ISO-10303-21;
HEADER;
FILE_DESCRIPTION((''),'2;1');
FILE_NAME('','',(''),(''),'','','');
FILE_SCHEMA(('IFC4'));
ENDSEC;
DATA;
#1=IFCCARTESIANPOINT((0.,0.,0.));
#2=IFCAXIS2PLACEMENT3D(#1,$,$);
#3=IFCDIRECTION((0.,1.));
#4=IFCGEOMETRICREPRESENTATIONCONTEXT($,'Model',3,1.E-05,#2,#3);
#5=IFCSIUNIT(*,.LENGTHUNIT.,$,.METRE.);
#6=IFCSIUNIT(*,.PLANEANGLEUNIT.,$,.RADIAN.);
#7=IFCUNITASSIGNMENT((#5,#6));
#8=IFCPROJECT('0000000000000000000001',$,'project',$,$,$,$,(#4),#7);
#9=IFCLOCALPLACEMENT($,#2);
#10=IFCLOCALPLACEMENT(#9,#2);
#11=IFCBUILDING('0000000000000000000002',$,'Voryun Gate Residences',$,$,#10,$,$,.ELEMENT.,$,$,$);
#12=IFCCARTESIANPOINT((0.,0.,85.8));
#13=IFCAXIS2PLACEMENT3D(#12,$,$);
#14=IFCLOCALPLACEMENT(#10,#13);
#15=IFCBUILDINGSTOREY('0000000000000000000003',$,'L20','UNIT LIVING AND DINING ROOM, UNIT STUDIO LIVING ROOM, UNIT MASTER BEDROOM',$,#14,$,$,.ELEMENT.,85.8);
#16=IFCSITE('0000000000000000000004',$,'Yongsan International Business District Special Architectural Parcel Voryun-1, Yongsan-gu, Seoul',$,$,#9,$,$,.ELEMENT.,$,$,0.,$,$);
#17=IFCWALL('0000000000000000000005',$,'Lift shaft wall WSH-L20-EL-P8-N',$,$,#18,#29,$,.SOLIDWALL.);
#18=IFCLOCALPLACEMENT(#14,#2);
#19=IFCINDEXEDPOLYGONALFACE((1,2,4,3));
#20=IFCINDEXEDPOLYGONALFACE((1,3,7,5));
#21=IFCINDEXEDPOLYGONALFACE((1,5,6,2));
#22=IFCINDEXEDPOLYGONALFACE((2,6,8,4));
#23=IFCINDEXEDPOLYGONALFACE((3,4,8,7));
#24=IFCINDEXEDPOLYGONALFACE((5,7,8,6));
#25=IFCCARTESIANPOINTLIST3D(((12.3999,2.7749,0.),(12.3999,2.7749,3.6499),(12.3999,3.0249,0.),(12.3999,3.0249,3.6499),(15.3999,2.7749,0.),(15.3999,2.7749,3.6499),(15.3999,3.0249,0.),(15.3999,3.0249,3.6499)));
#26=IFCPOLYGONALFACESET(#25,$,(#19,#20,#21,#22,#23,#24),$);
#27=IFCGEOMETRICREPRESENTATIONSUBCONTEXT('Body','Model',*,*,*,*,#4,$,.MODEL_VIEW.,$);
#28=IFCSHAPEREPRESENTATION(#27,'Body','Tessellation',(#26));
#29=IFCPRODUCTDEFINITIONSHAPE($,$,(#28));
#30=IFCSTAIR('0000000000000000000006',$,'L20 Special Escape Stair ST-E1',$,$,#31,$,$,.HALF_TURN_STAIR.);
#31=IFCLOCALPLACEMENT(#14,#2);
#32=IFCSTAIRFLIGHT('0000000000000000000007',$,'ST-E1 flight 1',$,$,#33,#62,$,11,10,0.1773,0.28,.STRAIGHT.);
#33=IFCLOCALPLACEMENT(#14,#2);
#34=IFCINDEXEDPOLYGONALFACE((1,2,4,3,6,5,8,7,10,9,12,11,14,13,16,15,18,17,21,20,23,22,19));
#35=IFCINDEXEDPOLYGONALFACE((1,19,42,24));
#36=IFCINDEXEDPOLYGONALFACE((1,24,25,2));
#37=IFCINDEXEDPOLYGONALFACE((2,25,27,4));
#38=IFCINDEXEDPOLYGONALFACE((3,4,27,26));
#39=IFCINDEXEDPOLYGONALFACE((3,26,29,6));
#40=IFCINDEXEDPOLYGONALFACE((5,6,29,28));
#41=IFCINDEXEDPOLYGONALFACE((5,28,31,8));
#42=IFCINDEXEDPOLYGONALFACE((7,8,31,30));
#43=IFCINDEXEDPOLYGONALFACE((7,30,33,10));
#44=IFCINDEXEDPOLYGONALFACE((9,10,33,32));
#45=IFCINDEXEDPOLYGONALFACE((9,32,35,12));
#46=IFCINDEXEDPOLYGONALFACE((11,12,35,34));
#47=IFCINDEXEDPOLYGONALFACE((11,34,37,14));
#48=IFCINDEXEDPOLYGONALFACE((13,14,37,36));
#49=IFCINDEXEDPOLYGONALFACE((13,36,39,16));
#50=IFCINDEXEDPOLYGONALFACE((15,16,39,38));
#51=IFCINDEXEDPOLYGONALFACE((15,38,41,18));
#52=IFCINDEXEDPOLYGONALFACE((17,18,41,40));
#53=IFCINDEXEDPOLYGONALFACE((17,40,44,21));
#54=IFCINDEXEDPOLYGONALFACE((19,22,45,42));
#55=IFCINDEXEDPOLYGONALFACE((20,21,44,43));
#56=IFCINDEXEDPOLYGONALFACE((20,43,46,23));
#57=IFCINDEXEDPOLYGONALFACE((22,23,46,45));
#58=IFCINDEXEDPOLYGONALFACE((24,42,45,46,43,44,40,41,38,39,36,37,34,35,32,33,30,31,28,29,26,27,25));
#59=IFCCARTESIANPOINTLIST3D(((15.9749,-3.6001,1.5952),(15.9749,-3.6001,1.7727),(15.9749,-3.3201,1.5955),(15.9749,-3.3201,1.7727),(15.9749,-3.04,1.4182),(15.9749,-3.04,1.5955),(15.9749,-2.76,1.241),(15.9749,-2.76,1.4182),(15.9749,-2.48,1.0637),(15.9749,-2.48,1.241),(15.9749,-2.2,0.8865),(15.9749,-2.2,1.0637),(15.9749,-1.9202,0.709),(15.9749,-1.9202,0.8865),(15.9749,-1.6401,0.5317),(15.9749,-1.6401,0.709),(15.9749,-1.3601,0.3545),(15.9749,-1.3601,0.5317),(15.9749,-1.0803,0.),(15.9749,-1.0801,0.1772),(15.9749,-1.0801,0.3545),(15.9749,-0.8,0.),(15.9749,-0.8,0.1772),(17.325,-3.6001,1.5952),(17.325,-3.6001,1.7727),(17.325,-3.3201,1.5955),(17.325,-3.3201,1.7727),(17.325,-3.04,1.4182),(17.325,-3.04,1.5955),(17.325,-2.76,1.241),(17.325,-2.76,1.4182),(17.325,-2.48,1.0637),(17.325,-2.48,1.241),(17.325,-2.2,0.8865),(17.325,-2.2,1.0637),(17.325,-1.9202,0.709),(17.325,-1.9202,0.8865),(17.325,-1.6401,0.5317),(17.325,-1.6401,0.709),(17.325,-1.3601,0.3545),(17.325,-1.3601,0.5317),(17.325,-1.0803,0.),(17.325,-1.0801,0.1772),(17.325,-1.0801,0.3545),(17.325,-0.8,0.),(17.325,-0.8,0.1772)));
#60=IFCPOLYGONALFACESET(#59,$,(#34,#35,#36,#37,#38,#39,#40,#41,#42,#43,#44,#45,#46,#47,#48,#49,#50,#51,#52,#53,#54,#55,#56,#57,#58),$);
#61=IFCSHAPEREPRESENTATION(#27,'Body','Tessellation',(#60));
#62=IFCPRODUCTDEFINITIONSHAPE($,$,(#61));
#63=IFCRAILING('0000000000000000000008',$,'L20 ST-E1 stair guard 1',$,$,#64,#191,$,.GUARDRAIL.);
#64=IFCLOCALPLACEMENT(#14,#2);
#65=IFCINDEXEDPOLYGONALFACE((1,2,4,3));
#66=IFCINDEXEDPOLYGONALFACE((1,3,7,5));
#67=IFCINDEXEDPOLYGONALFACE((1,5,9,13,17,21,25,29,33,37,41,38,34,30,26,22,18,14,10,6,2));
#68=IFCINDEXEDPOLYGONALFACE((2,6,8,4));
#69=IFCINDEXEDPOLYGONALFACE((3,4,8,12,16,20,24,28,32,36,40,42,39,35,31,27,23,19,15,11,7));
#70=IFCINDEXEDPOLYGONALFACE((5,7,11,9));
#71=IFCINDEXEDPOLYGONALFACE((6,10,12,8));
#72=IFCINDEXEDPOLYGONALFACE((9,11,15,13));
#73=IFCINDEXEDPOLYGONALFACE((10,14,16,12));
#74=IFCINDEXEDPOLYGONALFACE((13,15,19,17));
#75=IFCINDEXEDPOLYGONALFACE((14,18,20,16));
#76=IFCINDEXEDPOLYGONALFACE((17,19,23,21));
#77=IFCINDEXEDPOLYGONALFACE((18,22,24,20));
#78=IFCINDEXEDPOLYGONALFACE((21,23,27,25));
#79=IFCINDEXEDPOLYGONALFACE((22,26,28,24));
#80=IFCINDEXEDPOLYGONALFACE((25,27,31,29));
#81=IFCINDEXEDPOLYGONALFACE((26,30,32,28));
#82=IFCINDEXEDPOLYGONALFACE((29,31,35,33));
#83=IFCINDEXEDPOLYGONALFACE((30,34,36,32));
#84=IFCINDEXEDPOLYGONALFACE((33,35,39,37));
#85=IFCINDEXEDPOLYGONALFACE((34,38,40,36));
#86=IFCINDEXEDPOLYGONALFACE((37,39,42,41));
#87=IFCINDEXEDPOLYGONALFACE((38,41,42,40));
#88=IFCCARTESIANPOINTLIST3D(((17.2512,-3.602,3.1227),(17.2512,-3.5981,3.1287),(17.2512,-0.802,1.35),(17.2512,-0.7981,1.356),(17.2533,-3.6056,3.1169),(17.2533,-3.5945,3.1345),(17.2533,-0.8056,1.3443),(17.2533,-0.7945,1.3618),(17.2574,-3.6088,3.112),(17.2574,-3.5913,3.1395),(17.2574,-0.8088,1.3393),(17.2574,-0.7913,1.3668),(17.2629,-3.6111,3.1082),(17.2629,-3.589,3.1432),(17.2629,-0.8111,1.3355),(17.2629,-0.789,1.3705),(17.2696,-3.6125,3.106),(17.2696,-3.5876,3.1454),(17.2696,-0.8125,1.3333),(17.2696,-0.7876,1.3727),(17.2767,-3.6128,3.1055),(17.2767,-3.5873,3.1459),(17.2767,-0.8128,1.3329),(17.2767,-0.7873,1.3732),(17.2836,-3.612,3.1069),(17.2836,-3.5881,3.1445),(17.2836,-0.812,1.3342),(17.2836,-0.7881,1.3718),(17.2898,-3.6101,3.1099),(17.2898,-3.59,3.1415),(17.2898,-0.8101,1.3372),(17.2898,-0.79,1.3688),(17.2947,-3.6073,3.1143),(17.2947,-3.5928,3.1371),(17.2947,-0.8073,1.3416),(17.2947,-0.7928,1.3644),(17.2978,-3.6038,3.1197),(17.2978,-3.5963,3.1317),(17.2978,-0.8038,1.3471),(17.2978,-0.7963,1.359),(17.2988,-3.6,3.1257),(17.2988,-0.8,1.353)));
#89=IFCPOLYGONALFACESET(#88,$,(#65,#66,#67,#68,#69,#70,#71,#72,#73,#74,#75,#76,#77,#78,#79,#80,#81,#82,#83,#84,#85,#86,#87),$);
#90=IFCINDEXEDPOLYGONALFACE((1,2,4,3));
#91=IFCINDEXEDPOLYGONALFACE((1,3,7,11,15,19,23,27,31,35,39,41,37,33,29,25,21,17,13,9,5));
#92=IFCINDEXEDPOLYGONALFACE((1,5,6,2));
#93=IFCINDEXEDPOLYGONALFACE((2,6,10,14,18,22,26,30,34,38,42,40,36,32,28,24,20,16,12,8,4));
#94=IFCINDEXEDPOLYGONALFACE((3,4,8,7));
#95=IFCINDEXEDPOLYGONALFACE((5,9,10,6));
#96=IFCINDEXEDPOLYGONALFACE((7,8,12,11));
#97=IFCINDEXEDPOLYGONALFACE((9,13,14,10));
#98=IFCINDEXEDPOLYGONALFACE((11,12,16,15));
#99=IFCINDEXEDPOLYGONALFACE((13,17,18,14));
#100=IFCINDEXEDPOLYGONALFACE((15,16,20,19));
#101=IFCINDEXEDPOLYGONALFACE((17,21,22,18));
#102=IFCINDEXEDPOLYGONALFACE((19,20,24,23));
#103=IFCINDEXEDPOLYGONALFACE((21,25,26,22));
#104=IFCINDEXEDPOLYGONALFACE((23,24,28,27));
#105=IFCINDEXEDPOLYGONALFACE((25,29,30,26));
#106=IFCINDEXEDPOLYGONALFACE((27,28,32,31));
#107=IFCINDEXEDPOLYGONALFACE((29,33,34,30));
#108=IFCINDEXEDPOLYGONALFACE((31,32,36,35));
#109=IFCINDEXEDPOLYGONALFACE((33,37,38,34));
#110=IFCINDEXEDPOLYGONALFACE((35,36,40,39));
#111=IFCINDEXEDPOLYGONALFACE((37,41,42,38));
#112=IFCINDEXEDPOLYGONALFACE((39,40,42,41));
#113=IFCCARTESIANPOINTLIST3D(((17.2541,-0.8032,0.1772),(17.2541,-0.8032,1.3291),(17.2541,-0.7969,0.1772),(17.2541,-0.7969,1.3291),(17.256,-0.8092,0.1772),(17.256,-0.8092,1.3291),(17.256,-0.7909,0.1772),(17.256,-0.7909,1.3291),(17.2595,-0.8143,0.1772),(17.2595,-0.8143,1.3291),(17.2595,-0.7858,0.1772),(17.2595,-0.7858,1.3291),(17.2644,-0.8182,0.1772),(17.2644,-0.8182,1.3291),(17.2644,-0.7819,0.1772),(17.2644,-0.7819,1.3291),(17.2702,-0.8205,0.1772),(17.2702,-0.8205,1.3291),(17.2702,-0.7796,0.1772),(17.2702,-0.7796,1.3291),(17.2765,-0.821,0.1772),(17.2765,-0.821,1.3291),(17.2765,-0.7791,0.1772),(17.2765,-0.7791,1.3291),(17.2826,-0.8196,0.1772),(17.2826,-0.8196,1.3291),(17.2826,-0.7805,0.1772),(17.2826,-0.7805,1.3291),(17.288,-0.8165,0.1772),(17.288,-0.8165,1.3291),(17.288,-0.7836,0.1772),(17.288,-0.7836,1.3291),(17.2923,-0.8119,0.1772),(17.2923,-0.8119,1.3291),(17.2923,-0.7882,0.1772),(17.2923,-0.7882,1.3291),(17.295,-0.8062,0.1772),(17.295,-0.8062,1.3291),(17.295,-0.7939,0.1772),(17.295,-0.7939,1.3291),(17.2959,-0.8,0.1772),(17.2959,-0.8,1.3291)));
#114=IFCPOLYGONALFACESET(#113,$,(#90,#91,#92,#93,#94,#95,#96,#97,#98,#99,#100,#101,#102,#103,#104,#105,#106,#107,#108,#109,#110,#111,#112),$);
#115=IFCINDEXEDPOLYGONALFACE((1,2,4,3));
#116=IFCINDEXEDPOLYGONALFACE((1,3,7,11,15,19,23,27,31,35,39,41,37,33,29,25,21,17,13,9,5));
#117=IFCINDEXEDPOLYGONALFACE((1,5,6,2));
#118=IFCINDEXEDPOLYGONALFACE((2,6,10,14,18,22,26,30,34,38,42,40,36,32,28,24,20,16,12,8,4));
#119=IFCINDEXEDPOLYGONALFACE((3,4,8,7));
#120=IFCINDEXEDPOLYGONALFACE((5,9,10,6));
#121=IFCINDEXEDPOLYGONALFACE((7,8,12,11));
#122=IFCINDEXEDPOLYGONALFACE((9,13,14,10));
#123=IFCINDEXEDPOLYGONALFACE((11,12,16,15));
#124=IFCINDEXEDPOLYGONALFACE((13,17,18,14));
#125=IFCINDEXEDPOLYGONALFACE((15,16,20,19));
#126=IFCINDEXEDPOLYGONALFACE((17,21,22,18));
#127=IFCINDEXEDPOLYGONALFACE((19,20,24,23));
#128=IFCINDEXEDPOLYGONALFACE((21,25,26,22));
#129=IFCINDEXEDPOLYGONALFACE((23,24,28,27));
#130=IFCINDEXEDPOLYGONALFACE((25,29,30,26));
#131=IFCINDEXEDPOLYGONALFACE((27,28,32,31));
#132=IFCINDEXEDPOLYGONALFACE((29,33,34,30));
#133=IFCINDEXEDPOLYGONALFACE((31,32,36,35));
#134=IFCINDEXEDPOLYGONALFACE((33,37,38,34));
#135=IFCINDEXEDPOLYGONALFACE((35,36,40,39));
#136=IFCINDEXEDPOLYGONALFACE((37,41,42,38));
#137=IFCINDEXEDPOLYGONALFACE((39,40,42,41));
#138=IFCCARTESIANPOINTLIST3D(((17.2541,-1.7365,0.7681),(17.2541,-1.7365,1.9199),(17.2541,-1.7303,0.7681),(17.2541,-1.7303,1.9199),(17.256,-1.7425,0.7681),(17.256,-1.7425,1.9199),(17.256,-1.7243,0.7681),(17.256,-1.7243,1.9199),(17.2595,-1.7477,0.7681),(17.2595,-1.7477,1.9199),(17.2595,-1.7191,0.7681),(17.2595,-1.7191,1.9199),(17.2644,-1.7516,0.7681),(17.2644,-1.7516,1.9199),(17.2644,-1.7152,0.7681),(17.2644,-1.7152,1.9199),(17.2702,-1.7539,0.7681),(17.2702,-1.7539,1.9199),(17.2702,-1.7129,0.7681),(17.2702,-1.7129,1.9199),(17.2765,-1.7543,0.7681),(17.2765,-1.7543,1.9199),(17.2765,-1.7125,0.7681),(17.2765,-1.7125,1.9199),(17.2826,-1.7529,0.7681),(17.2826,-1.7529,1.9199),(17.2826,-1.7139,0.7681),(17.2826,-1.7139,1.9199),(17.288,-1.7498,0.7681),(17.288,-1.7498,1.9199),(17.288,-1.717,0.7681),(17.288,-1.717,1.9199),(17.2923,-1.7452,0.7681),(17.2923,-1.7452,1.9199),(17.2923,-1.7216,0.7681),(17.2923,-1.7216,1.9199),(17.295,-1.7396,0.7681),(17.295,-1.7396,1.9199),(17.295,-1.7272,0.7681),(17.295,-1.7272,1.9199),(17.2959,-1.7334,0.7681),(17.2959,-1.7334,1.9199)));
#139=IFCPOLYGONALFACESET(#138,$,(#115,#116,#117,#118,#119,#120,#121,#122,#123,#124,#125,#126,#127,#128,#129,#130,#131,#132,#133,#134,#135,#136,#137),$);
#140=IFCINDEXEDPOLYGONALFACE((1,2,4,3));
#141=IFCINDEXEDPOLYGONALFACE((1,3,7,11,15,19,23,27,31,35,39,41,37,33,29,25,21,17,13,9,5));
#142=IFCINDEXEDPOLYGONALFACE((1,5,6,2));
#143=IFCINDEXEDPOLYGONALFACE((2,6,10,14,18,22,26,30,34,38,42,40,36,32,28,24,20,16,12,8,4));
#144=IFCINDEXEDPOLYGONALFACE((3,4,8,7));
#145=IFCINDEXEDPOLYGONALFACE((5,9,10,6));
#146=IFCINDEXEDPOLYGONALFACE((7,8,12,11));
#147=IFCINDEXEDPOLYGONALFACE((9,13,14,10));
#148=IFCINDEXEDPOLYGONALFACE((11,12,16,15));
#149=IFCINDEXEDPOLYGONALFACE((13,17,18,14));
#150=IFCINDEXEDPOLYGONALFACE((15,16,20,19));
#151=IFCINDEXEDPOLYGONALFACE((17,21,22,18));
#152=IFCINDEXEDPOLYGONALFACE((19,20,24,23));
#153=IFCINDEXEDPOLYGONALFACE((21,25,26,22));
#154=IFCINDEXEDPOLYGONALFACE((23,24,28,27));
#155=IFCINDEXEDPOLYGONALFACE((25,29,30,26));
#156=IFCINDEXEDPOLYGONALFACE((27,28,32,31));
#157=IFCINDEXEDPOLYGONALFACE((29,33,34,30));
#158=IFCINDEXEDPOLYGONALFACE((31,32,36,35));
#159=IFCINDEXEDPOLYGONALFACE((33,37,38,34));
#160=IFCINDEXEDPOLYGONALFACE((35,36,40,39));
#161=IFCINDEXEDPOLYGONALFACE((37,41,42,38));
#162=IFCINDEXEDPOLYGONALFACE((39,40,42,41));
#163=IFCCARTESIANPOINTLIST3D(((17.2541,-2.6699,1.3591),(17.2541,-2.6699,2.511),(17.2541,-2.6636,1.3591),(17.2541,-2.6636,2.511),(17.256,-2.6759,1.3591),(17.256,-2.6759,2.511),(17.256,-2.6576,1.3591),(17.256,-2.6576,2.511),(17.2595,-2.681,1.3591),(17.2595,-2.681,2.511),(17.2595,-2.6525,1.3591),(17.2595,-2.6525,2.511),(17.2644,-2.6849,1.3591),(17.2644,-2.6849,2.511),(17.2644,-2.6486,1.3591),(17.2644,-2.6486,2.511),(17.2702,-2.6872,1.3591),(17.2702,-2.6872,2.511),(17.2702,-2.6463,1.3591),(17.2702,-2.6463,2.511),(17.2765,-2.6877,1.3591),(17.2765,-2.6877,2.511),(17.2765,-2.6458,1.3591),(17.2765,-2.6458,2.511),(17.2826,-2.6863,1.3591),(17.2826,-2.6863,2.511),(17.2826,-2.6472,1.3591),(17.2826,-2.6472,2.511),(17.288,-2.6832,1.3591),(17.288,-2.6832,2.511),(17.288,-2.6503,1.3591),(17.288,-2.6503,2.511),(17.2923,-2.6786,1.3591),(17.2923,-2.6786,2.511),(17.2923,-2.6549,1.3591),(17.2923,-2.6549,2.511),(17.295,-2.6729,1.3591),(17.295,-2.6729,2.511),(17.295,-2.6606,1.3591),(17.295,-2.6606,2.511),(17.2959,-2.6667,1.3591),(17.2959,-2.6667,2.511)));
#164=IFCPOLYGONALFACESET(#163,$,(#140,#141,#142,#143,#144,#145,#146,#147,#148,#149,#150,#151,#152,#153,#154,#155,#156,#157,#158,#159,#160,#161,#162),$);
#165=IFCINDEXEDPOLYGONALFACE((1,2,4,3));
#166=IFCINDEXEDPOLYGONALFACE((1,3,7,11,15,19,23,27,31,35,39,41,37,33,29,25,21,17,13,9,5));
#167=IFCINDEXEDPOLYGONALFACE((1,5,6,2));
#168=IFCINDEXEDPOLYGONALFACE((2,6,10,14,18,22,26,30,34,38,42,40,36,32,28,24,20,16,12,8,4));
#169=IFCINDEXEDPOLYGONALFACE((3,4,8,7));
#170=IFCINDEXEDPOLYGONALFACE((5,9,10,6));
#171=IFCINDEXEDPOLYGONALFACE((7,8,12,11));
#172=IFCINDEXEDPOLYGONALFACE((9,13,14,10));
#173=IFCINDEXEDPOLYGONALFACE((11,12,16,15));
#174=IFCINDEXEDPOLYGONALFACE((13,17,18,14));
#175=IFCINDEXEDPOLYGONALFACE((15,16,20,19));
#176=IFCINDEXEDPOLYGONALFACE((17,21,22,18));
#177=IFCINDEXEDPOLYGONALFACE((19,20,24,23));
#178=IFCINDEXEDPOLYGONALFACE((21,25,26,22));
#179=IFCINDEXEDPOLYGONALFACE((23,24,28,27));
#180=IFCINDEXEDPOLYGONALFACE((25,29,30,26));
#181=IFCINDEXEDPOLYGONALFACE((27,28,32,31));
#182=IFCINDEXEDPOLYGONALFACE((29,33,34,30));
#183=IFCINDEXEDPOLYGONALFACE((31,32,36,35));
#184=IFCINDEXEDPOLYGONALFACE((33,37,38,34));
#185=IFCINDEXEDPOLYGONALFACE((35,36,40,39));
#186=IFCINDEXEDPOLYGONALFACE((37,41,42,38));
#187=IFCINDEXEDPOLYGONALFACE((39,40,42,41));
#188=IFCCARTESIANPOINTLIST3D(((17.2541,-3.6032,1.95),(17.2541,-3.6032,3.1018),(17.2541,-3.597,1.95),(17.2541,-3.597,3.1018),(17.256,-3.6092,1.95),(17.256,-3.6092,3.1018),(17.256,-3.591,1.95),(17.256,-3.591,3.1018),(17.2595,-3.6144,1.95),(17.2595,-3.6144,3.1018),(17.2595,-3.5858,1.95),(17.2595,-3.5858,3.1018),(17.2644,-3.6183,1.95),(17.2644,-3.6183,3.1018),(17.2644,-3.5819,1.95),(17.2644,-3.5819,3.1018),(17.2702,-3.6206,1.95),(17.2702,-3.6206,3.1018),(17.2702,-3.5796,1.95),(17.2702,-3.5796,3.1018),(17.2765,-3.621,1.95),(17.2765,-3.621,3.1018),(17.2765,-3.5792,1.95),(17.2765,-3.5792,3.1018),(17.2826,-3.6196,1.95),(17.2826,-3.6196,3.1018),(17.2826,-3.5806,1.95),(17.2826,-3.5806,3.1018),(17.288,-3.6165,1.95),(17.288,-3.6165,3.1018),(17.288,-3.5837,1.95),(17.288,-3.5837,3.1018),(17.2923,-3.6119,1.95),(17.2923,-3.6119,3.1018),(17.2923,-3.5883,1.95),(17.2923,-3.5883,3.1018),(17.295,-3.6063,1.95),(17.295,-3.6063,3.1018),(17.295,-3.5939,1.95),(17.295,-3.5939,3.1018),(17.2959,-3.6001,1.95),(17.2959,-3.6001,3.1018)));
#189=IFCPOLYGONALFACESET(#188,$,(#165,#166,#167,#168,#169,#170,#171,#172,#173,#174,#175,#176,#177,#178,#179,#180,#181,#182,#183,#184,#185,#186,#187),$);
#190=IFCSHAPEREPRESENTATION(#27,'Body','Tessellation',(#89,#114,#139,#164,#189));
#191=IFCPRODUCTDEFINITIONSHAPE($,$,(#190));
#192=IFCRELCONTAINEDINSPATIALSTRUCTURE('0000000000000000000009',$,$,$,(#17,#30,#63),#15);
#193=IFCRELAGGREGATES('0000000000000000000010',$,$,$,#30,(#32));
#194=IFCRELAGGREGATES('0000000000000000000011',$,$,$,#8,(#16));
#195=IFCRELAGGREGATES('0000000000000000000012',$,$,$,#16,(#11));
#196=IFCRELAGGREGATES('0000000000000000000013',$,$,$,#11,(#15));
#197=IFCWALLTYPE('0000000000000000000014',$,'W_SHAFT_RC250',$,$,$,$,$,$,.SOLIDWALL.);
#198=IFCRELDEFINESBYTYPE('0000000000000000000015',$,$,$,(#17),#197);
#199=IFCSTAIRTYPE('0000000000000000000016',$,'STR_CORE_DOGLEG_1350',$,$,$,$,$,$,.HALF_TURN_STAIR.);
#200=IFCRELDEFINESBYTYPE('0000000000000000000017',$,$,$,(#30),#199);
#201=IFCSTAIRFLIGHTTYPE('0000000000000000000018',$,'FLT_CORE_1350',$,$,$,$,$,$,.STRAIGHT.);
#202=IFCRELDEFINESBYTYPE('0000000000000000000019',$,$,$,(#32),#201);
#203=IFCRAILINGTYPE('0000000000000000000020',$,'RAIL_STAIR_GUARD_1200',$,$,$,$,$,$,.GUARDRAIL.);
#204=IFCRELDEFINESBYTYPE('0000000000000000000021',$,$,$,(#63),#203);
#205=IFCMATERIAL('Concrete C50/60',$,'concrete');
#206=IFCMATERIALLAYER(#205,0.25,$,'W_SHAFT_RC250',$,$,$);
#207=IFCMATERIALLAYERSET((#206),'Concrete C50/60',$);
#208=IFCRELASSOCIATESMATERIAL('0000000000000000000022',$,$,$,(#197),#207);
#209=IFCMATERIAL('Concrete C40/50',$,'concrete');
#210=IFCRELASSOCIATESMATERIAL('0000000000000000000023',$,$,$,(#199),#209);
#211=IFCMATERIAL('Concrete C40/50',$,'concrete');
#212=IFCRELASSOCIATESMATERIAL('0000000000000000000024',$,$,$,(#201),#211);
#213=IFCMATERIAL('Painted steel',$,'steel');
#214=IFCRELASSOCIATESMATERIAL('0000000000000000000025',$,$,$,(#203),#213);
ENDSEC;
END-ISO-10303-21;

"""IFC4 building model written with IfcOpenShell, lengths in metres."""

from ifc_helpers import new_model, si_unit, direction, frame, frame_2d, origin, origin_2d, place, context, subcontext, project, spatial, polyline, rectangle, circle, outline, extrude, material, layer, layer_set, type_object, element, aggregate, save


model = new_model("IFC4")

# Units and contexts
model_context = context("Model", 3, precision=1e-05, world=origin(), true_north=direction((0.0, 1.0)))
body_context = subcontext(model_context, "Body", "Model", "MODEL_VIEW")
ifc_project = project(units=[si_unit("LENGTHUNIT", "METRE"), si_unit("PLANEANGLEUNIT", "RADIAN")], contexts=[model_context])

# Site, building, storey
site_placement = place(None, origin())
site = spatial("IfcSite", under=ifc_project, at=site_placement, Name="Yongsan International Business District Special Architectural Parcel Voryun-1, Yongsan-gu, Seoul", CompositionType="ELEMENT", RefElevation=0.0)
building_placement = place(site_placement, origin())
building = spatial("IfcBuilding", under=site, at=building_placement, Name="Voryun Gate Residences", CompositionType="ELEMENT")
storey_placement = place(building_placement, frame((0.0, 0.0, 85.8)))
storey = spatial("IfcBuildingStorey", under=building, at=storey_placement, Name="L20", Description="UNIT LIVING AND DINING ROOM, UNIT STUDIO LIVING ROOM, UNIT MASTER BEDROOM", CompositionType="ELEMENT", Elevation=85.8)

# Shared definitions
ifc_material_1 = material(Name="Concrete C50/60", Category="concrete")
ifc_layer_1 = layer(ifc_material_1, 0.25, Name="W_SHAFT_RC250")
ifc_layer_set_1 = layer_set([ifc_layer_1], Name="Concrete C50/60")
wall_type_1 = type_object("IfcWallType", Name="W_SHAFT_RC250", PredefinedType="SOLIDWALL", material=ifc_layer_set_1)

# Wall
wall_1_placement = place(storey_placement, frame((15.3999, 2.8999, 0.0), z_axis=(0.0, 0.0, 1.0), x_axis=(-1.0, 0.0, 0.0)))
element("IfcWall", 1, at=wall_1_placement, inside=storey, type_object=wall_type_1, Name="Lift shaft wall WSH-L20-EL-P8-N", PredefinedType="SOLIDWALL", context=body_context, shape_type="SweptSolid", body=[
    extrude(rectangle(XDim=3.0, YDim=0.25, at=frame_2d((1.5, 0.0))), origin(), (0.0, 0.0, 1.0), 3.6499),
])

# Stair, stair flight
ifc_material_2 = material(Name="Concrete C40/50", Category="concrete")
stair_type = type_object("IfcStairType", Name="STR_CORE_DOGLEG_1350", PredefinedType="HALF_TURN_STAIR", material=ifc_material_2)
stair_placement = place(storey_placement, origin())
stair = element("IfcStair", 2, at=stair_placement, inside=storey, type_object=stair_type, Name="L20 Special Escape Stair ST-E1", PredefinedType="HALF_TURN_STAIR")
ifc_material_3 = material(Name="Concrete C40/50", Category="concrete")
stair_flight_type = type_object("IfcStairFlightType", Name="FLT_CORE_1350", PredefinedType="STRAIGHT", material=ifc_material_3)
stair_flight_placement = place(storey_placement, frame((16.6499, -0.8, 0.0), z_axis=(0.0, 0.0, 1.0), x_axis=(0.0, -1.0, 0.0)))
stair_flight = element("IfcStairFlight", 3, at=stair_flight_placement, type_object=stair_flight_type, Name="ST-E1 flight 1", NumberOfRisers=11, NumberOfTreads=10, PredefinedType="STRAIGHT", RiserHeight=0.1773, TreadLength=0.28, context=body_context, shape_type="SweptSolid", body=[
    extrude(outline(polyline([(0.0, 0.0), (0.0, 0.1772), (0.28, 0.1772), (0.28, 0.3545), (0.5601, 0.3545), (0.5601, 0.5317), (0.8401, 0.5317), (0.8401, 0.709), (1.1201, 0.709), (1.1201, 0.8865), (1.3999, 0.8865), (1.3999, 1.0637), (1.6799, 1.0637), (1.6799, 1.241), (1.96, 1.241), (1.96, 1.4182), (2.24, 1.4182), (2.24, 1.5955), (2.52, 1.5955), (2.52, 1.7727), (2.8, 1.7727), (2.8, 1.95), (2.8, 1.5952), (0.2803, 0.0), (0.0, 0.0)])), frame((0.0, 0.675, 0.0), z_axis=(0.0, -1.0, 0.0), x_axis=(1.0, 0.0, 0.0)), (0.0, 0.0, 1.0), 1.3501),
])
aggregate(stair, [stair_flight])

# Railing
ifc_material_4 = material(Name="Painted steel", Category="steel")
railing_type_1 = type_object("IfcRailingType", Name="RAIL_STAIR_GUARD_1200", PredefinedType="GUARDRAIL", material=ifc_material_4)
railing_1_placement = place(storey_placement, frame((17.2749, -0.8, 0.1772)))
element("IfcRailing", 4, at=railing_1_placement, inside=storey, type_object=railing_type_1, Name="L20 ST-E1 stair guard 1", PredefinedType="GUARDRAIL", context=body_context, shape_type="SweptSolid", body=[
    extrude(circle(Radius=0.0239, at=origin_2d()), frame((0.0, 0.0, 1.1758), z_axis=(0.0, -0.844909, 0.53491), x_axis=(1.0, 0.0, 0.0)), (0.0, 0.0, 1.0), 3.314),
    extrude(circle(Radius=0.021, at=origin_2d()), origin(), (0.0, 0.0, 1.0), 1.1519),
    extrude(circle(Radius=0.021, at=origin_2d()), frame((0.0, -0.9333, 0.5908)), (0.0, 0.0, 1.0), 1.1519),
    extrude(circle(Radius=0.021, at=origin_2d()), frame((0.0, -1.8667, 1.1819)), (0.0, 0.0, 1.0), 1.1519),
    extrude(circle(Radius=0.021, at=origin_2d()), frame((0.0, -2.8, 1.7727)), (0.0, 0.0, 1.0), 1.1519),
])

save(model, "model.ifc")
